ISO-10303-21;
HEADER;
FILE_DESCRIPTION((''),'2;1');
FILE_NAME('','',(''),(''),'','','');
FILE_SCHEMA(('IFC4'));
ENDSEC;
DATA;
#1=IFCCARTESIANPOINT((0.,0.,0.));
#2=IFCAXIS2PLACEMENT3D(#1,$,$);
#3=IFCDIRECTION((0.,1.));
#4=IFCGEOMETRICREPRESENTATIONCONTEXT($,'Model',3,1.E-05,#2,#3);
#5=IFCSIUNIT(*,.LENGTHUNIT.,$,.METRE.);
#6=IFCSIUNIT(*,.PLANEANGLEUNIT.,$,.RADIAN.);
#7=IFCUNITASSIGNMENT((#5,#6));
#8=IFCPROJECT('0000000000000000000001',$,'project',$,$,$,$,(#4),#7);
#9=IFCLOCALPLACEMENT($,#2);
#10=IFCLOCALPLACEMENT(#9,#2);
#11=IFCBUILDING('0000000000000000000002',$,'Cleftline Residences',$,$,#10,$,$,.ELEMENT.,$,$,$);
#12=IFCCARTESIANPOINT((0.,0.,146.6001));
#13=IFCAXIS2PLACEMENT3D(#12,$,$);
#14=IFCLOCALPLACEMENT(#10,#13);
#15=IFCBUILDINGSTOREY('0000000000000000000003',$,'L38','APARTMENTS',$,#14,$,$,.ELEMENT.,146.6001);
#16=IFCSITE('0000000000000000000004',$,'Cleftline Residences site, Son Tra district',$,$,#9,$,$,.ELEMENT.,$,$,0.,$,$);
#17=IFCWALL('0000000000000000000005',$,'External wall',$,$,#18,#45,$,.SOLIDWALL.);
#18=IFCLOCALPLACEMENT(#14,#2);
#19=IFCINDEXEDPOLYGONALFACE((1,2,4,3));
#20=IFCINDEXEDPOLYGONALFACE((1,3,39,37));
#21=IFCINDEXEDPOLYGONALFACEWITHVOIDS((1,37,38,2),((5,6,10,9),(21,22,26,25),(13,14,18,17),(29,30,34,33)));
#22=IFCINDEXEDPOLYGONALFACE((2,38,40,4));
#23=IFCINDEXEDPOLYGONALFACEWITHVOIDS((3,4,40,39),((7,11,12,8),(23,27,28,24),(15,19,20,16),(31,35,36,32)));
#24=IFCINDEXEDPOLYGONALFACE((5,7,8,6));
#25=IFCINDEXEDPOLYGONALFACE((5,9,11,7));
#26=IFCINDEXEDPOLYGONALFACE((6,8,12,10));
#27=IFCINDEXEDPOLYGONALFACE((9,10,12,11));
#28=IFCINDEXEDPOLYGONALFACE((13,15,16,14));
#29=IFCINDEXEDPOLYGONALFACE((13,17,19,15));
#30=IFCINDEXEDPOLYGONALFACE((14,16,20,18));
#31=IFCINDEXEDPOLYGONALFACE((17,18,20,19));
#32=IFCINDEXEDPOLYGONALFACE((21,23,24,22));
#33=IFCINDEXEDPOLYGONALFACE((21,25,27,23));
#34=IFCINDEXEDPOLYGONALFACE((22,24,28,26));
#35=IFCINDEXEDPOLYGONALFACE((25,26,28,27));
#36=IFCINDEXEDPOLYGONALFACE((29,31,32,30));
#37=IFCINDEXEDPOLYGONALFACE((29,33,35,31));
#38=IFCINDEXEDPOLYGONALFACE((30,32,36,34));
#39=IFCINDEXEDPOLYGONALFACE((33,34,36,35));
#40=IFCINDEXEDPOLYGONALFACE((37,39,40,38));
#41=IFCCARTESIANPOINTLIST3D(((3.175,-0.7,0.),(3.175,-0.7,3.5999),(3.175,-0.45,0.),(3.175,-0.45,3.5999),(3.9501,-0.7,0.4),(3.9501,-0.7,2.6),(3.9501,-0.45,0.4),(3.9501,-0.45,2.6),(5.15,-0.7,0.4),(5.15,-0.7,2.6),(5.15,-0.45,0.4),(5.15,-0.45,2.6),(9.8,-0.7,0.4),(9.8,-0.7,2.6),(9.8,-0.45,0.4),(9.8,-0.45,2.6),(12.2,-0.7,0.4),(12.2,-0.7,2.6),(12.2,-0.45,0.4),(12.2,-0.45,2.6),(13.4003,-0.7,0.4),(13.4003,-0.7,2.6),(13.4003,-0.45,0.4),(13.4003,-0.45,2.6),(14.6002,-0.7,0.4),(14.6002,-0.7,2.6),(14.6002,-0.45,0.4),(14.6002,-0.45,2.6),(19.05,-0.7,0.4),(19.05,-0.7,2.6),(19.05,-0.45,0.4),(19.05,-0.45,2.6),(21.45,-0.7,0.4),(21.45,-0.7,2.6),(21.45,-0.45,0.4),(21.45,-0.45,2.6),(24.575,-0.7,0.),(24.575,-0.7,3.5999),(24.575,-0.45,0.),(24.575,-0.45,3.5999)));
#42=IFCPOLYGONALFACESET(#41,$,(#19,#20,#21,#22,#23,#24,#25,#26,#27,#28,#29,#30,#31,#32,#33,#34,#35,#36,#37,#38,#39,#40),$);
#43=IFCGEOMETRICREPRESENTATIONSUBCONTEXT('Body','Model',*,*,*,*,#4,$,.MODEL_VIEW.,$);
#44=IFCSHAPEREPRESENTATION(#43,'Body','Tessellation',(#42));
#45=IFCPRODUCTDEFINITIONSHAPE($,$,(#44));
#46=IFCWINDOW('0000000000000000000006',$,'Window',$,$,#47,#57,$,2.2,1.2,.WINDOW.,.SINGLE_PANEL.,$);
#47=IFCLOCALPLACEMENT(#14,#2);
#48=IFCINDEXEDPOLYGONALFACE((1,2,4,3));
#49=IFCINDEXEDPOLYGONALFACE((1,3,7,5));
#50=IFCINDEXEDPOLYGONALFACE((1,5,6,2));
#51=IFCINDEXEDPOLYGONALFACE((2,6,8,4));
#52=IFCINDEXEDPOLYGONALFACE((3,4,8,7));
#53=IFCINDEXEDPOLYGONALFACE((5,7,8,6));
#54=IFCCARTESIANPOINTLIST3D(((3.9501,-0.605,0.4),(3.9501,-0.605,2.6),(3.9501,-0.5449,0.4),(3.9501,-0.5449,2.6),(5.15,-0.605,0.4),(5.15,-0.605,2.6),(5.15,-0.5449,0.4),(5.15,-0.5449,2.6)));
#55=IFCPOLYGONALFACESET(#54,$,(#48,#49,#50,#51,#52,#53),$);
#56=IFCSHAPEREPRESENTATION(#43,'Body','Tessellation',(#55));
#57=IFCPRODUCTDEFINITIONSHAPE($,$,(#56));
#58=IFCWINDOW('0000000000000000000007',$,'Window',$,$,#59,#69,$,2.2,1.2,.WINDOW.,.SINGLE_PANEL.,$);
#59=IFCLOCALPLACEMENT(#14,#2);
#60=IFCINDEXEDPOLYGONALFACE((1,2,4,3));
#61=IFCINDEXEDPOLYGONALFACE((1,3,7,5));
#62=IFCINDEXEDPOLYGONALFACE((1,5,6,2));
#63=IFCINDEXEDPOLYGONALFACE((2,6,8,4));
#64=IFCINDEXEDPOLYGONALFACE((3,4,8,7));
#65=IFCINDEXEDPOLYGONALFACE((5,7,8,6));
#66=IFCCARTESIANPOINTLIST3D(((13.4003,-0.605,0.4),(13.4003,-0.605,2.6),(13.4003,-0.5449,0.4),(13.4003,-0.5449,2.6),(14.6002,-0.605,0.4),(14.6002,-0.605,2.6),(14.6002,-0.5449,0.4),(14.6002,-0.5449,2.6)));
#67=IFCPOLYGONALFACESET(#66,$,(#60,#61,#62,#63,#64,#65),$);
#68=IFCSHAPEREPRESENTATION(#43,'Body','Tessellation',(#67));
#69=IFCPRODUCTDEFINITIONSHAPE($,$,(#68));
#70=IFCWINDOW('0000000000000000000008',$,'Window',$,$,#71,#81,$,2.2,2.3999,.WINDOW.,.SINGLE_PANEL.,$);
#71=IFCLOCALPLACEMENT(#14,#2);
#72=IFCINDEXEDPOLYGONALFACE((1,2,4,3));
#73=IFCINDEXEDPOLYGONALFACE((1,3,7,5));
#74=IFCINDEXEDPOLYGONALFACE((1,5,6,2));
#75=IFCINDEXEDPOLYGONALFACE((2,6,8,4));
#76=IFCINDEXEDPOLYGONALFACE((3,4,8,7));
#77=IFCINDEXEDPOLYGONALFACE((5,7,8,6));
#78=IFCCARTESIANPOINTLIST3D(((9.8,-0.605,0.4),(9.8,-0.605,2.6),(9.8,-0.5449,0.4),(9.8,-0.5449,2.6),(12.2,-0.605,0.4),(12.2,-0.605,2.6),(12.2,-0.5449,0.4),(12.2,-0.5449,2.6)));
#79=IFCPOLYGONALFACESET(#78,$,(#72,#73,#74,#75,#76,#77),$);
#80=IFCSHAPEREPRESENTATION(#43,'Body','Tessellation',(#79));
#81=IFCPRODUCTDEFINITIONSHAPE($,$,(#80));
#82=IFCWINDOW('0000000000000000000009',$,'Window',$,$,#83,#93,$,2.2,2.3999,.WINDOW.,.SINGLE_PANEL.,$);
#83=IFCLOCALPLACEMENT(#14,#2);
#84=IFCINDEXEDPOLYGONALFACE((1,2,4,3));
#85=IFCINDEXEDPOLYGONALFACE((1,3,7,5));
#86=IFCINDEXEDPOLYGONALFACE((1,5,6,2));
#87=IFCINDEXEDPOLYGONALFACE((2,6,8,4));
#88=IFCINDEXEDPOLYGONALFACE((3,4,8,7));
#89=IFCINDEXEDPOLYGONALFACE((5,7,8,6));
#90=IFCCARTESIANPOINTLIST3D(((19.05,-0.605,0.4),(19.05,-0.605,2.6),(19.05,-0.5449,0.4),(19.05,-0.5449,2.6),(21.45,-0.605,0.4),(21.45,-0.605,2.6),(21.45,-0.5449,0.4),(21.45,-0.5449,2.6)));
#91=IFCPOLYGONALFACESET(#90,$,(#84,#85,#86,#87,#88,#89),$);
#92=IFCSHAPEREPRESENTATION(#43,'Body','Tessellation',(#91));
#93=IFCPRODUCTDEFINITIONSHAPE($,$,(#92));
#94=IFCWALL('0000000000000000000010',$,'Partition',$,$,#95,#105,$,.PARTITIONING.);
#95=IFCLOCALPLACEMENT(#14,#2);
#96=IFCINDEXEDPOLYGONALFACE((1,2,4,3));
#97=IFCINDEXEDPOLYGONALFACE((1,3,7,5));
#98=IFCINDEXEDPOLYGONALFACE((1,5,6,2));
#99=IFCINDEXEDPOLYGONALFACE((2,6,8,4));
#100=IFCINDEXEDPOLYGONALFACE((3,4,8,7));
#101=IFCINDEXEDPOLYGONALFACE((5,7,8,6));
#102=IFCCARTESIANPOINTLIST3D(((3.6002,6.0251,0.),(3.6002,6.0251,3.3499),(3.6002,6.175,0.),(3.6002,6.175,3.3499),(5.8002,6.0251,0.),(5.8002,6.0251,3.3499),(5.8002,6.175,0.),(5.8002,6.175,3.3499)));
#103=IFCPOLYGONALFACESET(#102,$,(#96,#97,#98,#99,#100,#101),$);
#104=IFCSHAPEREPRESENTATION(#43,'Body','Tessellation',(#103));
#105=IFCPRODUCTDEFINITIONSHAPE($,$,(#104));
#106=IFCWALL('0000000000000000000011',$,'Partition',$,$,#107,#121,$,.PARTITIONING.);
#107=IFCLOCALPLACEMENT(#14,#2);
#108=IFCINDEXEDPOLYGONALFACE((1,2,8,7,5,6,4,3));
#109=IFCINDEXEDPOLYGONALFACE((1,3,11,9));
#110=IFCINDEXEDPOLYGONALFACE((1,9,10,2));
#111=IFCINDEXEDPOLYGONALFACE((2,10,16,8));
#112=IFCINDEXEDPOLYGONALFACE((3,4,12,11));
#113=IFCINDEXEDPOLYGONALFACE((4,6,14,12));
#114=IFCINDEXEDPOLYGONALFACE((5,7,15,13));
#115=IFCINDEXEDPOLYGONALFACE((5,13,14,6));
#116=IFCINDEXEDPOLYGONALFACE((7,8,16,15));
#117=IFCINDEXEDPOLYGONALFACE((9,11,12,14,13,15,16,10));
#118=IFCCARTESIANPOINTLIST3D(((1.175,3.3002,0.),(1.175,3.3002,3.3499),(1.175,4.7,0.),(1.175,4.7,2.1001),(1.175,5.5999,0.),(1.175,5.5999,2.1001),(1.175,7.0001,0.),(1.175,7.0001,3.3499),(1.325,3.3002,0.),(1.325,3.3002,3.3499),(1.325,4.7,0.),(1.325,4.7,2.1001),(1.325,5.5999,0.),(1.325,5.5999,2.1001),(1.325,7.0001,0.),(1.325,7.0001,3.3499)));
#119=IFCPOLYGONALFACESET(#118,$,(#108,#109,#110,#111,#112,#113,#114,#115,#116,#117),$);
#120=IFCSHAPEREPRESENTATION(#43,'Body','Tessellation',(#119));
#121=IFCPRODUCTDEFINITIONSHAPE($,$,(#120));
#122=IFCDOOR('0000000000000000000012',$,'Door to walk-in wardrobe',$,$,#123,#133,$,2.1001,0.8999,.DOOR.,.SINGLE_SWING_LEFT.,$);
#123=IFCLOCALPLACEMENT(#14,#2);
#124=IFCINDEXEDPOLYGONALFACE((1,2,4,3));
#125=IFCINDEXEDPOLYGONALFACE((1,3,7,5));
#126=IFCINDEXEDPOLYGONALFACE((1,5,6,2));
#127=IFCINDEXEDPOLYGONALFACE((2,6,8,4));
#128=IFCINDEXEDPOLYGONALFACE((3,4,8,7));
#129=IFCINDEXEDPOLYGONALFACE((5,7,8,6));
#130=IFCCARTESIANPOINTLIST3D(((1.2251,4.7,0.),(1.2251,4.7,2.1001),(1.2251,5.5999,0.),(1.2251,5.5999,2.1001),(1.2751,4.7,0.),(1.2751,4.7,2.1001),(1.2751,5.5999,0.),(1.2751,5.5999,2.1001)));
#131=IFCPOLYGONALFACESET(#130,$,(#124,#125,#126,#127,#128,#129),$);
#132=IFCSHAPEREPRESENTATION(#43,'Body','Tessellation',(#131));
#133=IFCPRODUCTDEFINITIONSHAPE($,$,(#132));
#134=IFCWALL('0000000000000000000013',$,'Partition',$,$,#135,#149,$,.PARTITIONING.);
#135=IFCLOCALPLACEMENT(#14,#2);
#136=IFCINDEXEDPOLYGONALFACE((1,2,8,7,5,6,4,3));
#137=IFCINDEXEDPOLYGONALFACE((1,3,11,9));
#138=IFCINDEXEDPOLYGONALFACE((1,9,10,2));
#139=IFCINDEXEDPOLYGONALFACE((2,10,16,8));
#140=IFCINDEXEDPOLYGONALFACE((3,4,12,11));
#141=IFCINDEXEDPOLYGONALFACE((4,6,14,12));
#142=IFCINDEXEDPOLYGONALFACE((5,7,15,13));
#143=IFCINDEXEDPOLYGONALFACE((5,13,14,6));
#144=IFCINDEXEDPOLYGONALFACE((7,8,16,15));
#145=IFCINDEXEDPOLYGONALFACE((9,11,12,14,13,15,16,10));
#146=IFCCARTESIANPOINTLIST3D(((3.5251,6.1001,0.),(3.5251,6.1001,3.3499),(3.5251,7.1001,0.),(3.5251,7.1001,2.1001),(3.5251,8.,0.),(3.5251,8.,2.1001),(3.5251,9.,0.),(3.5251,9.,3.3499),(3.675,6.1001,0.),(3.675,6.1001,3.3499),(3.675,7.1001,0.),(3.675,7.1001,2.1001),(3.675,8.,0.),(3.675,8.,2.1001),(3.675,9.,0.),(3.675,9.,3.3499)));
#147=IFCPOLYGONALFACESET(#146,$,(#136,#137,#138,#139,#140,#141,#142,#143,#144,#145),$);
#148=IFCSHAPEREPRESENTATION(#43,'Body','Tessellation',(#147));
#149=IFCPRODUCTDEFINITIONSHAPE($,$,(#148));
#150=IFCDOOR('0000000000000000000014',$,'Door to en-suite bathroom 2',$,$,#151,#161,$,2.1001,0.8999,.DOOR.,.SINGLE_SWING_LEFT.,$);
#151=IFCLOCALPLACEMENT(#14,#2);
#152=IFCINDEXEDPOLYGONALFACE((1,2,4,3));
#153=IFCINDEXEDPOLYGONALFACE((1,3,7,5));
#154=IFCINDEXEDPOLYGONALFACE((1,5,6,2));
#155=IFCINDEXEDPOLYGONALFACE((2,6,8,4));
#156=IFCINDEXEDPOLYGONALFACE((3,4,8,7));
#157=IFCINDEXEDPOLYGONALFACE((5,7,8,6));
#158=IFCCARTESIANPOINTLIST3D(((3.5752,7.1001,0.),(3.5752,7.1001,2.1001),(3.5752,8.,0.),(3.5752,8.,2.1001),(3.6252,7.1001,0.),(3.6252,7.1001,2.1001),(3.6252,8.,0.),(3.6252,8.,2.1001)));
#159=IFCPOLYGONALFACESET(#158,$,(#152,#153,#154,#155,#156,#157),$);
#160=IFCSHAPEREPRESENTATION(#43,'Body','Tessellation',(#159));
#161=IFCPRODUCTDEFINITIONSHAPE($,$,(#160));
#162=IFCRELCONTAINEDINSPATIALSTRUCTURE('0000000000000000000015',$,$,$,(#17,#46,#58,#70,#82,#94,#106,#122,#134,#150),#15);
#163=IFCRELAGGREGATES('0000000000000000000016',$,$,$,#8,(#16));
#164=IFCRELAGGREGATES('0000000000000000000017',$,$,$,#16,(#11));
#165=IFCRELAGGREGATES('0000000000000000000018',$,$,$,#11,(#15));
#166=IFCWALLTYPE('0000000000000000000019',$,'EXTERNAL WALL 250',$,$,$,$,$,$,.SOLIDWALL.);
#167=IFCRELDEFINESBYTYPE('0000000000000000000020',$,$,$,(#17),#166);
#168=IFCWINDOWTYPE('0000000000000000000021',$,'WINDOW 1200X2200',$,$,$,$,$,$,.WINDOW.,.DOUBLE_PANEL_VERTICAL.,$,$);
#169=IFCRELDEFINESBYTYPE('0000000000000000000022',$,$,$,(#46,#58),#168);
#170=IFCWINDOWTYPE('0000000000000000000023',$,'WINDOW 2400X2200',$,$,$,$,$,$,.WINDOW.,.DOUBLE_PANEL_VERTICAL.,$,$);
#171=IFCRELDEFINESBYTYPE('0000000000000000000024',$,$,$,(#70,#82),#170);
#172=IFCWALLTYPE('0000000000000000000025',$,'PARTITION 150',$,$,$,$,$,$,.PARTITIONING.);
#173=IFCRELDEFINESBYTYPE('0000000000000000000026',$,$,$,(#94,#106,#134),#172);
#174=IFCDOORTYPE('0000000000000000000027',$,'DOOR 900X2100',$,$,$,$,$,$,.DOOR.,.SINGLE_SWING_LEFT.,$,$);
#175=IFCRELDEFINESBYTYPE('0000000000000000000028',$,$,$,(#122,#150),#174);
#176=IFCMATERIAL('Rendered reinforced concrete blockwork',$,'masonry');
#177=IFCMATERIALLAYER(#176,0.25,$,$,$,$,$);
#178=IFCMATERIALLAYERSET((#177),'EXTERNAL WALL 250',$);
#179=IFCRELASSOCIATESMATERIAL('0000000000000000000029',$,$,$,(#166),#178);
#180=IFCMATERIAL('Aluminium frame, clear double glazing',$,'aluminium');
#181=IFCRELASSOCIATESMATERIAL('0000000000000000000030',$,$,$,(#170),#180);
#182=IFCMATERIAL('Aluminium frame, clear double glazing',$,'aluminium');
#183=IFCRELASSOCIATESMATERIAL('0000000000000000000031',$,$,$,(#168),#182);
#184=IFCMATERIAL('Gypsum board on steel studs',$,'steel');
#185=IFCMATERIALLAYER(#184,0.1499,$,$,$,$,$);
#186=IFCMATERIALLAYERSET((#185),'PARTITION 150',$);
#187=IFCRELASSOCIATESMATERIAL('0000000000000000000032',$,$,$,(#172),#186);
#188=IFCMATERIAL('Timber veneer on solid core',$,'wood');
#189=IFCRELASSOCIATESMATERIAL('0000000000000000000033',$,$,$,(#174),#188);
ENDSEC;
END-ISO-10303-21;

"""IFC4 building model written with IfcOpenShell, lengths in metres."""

from ifc_helpers import new_model, si_unit, direction, frame, frame_2d, origin, place, context, subcontext, project, spatial, rectangle, extrude, material, layer, layer_set, type_object, element, fill, save


model = new_model("IFC4")

# Units and contexts
model_context = context("Model", 3, precision=1e-05, world=origin(), true_north=direction((0.0, 1.0)))
body_context = subcontext(model_context, "Body", "Model", "MODEL_VIEW")
ifc_project = project(units=[si_unit("LENGTHUNIT", "METRE"), si_unit("PLANEANGLEUNIT", "RADIAN")], contexts=[model_context])

# Site, building, storey
site_placement = place(None, origin())
site = spatial("IfcSite", under=ifc_project, at=site_placement, Name="Cleftline Residences site, Son Tra district", CompositionType="ELEMENT", RefElevation=0.0)
building_placement = place(site_placement, origin())
building = spatial("IfcBuilding", under=site, at=building_placement, Name="Cleftline Residences", CompositionType="ELEMENT")
storey_placement = place(building_placement, frame((0.0, 0.0, 146.6001)))
storey = spatial("IfcBuildingStorey", under=building, at=storey_placement, Name="L38", Description="APARTMENTS", CompositionType="ELEMENT", Elevation=146.6001)

# Shared definitions
ifc_material_1 = material(Name="Rendered reinforced concrete blockwork", Category="masonry")
ifc_layer_1 = layer(ifc_material_1, 0.25)
ifc_layer_set_1 = layer_set([ifc_layer_1], Name="EXTERNAL WALL 250")
wall_type_1 = type_object("IfcWallType", Name="EXTERNAL WALL 250", PredefinedType="SOLIDWALL", material=ifc_layer_set_1)
ifc_material_2 = material(Name="Aluminium frame, clear double glazing", Category="aluminium")
window_type_1 = type_object("IfcWindowType", Name="WINDOW 2400X2200", PartitioningType="DOUBLE_PANEL_VERTICAL", PredefinedType="WINDOW", material=ifc_material_2)

# Wall, openings, windows
wall_1_placement = place(storey_placement, frame((3.175, -0.575, 0.0), z_axis=(0.0, 0.0, 1.0), x_axis=(1.0, 0.0, 0.0)))
wall_1 = element("IfcWall", 1, at=wall_1_placement, inside=storey, type_object=wall_type_1, Name="External wall", PredefinedType="SOLIDWALL", context=body_context, shape_type="SweptSolid", body=[
    extrude(rectangle(XDim=21.3999, YDim=0.25, at=frame_2d((10.7, 0.0))), origin(), (0.0, 0.0, 1.0), 3.5999),
])
opening_1_placement = place(wall_1_placement, frame((0.7749, 0.0, 0.3999)))
opening_1 = element("IfcOpeningElement", 2, at=opening_1_placement, cuts=wall_1, PredefinedType="OPENING", context=body_context, shape_type="SweptSolid", body=[
    extrude(rectangle(XDim=1.2, YDim=2.2, at=frame_2d((0.6001, 1.1001))), frame((0.0, 0.135, 0.0), z_axis=(0.0, -1.0, 0.0), x_axis=(1.0, 0.0, 0.0)), (0.0, 0.0, 1.0), 0.27),
])
opening_2_placement = place(wall_1_placement, frame((6.625, 0.0, 0.3999)))
opening_2 = element("IfcOpeningElement", 3, at=opening_2_placement, cuts=wall_1, PredefinedType="OPENING", context=body_context, shape_type="SweptSolid", body=[
    extrude(rectangle(XDim=2.3999, YDim=2.2, at=frame_2d((1.2, 1.1001))), frame((0.0, 0.135, 0.0), z_axis=(0.0, -1.0, 0.0), x_axis=(1.0, 0.0, 0.0)), (0.0, 0.0, 1.0), 0.27),
])
opening_3_placement = place(wall_1_placement, frame((10.2251, 0.0, 0.3999)))
opening_3 = element("IfcOpeningElement", 4, at=opening_3_placement, cuts=wall_1, PredefinedType="OPENING", context=body_context, shape_type="SweptSolid", body=[
    extrude(rectangle(XDim=1.2, YDim=2.2, at=frame_2d((0.6001, 1.1001))), frame((0.0, 0.135, 0.0), z_axis=(0.0, -1.0, 0.0), x_axis=(1.0, 0.0, 0.0)), (0.0, 0.0, 1.0), 0.27),
])
opening_4_placement = place(wall_1_placement, frame((15.875, 0.0, 0.3999)))
opening_4 = element("IfcOpeningElement", 5, at=opening_4_placement, cuts=wall_1, PredefinedType="OPENING", context=body_context, shape_type="SweptSolid", body=[
    extrude(rectangle(XDim=2.3999, YDim=2.2, at=frame_2d((1.2, 1.1001))), frame((0.0, 0.135, 0.0), z_axis=(0.0, -1.0, 0.0), x_axis=(1.0, 0.0, 0.0)), (0.0, 0.0, 1.0), 0.27),
])
ifc_material_3 = material(Name="Aluminium frame, clear double glazing", Category="aluminium")
window_type_2 = type_object("IfcWindowType", Name="WINDOW 1200X2200", PartitioningType="DOUBLE_PANEL_VERTICAL", PredefinedType="WINDOW", material=ifc_material_3)
window_1_placement = place(opening_1_placement, origin())
window_1 = element("IfcWindow", 6, at=window_1_placement, inside=storey, type_object=window_type_2, Name="Window", OverallHeight=2.2, OverallWidth=1.2, PartitioningType="SINGLE_PANEL", PredefinedType="WINDOW", context=body_context, shape_type="SweptSolid", body=[
    extrude(rectangle(XDim=1.2, YDim=2.2, at=frame_2d((0.6001, 1.1001))), frame((0.0, 0.03, 0.0), z_axis=(0.0, -1.0, 0.0), x_axis=(1.0, 0.0, 0.0)), (0.0, 0.0, 1.0), 0.0601),
])
fill(opening_1, window_1)
window_2_placement = place(opening_3_placement, origin())
window_2 = element("IfcWindow", 7, at=window_2_placement, inside=storey, type_object=window_type_2, Name="Window", OverallHeight=2.2, OverallWidth=1.2, PartitioningType="SINGLE_PANEL", PredefinedType="WINDOW", context=body_context, shape_type="SweptSolid", body=[
    extrude(rectangle(XDim=1.2, YDim=2.2, at=frame_2d((0.6001, 1.1001))), frame((0.0, 0.03, 0.0), z_axis=(0.0, -1.0, 0.0), x_axis=(1.0, 0.0, 0.0)), (0.0, 0.0, 1.0), 0.0601),
])
fill(opening_3, window_2)
window_3_placement = place(opening_2_placement, origin())
window_3 = element("IfcWindow", 8, at=window_3_placement, inside=storey, type_object=window_type_1, Name="Window", OverallHeight=2.2, OverallWidth=2.3999, PartitioningType="SINGLE_PANEL", PredefinedType="WINDOW", context=body_context, shape_type="SweptSolid", body=[
    extrude(rectangle(XDim=2.3999, YDim=2.2, at=frame_2d((1.2, 1.1001))), frame((0.0, 0.03, 0.0), z_axis=(0.0, -1.0, 0.0), x_axis=(1.0, 0.0, 0.0)), (0.0, 0.0, 1.0), 0.0601),
])
fill(opening_2, window_3)
window_4_placement = place(opening_4_placement, origin())
window_4 = element("IfcWindow", 9, at=window_4_placement, inside=storey, type_object=window_type_1, Name="Window", OverallHeight=2.2, OverallWidth=2.3999, PartitioningType="SINGLE_PANEL", PredefinedType="WINDOW", context=body_context, shape_type="SweptSolid", body=[
    extrude(rectangle(XDim=2.3999, YDim=2.2, at=frame_2d((1.2, 1.1001))), frame((0.0, 0.03, 0.0), z_axis=(0.0, -1.0, 0.0), x_axis=(1.0, 0.0, 0.0)), (0.0, 0.0, 1.0), 0.0601),
])
fill(opening_4, window_4)

# Wall
ifc_material_4 = material(Name="Gypsum board on steel studs", Category="steel")
ifc_layer_2 = layer(ifc_material_4, 0.1499)
ifc_layer_set_2 = layer_set([ifc_layer_2], Name="PARTITION 150")
wall_type_2 = type_object("IfcWallType", Name="PARTITION 150", PredefinedType="PARTITIONING", material=ifc_layer_set_2)
wall_2_placement = place(storey_placement, frame((3.6001, 6.1001, 0.0), z_axis=(0.0, 0.0, 1.0), x_axis=(1.0, 0.0, 0.0)))
element("IfcWall", 10, at=wall_2_placement, inside=storey, type_object=wall_type_2, Name="Partition", PredefinedType="PARTITIONING", context=body_context, shape_type="SweptSolid", body=[
    extrude(rectangle(XDim=2.2, YDim=0.1499, at=frame_2d((1.1001, 0.0))), origin(), (0.0, 0.0, 1.0), 3.3499),
])

# Walls, openings, doors
wall_3_placement = place(storey_placement, frame((1.25, 3.3, 0.0), z_axis=(0.0, 0.0, 1.0), x_axis=(0.0, 1.0, 0.0)))
wall_3 = element("IfcWall", 11, at=wall_3_placement, inside=storey, type_object=wall_type_2, Name="Partition", PredefinedType="PARTITIONING", context=body_context, shape_type="SweptSolid", body=[
    extrude(rectangle(XDim=3.7, YDim=0.1499, at=frame_2d((1.8501, 0.0))), origin(), (0.0, 0.0, 1.0), 3.3499),
])
opening_5_placement = place(wall_3_placement, frame((1.3999, 0.0, 0.0)))
opening_5 = element("IfcOpeningElement", 12, at=opening_5_placement, cuts=wall_3, PredefinedType="OPENING", context=body_context, shape_type="SweptSolid", body=[
    extrude(rectangle(XDim=0.8999, YDim=2.1001, at=frame_2d((0.45, 1.05))), frame((0.0, 0.085, 0.0), z_axis=(0.0, -1.0, 0.0), x_axis=(1.0, 0.0, 0.0)), (0.0, 0.0, 1.0), 0.1699),
])
ifc_material_5 = material(Name="Timber veneer on solid core", Category="wood")
door_type = type_object("IfcDoorType", Name="DOOR 900X2100", OperationType="SINGLE_SWING_LEFT", PredefinedType="DOOR", material=ifc_material_5)
door_1_placement = place(opening_5_placement, origin())
door_1 = element("IfcDoor", 13, at=door_1_placement, inside=storey, type_object=door_type, Name="Door to walk-in wardrobe", OperationType="SINGLE_SWING_LEFT", OverallHeight=2.1001, OverallWidth=0.8999, PredefinedType="DOOR", context=body_context, shape_type="SweptSolid", body=[
    extrude(rectangle(XDim=0.8999, YDim=2.1001, at=frame_2d((0.45, 1.05))), frame((0.0, 0.0249, 0.0), z_axis=(0.0, -1.0, 0.0), x_axis=(1.0, 0.0, 0.0)), (0.0, 0.0, 1.0), 0.05),
])
fill(opening_5, door_1)
wall_4_placement = place(storey_placement, frame((3.6001, 6.1001, 0.0), z_axis=(0.0, 0.0, 1.0), x_axis=(0.0, 1.0, 0.0)))
wall_4 = element("IfcWall", 14, at=wall_4_placement, inside=storey, type_object=wall_type_2, Name="Partition", PredefinedType="PARTITIONING", context=body_context, shape_type="SweptSolid", body=[
    extrude(rectangle(XDim=2.8999, YDim=0.1499, at=frame_2d((1.45, 0.0))), origin(), (0.0, 0.0, 1.0), 3.3499),
])
opening_6_placement = place(wall_4_placement, frame((1.0, 0.0, 0.0)))
opening_6 = element("IfcOpeningElement", 15, at=opening_6_placement, cuts=wall_4, PredefinedType="OPENING", context=body_context, shape_type="SweptSolid", body=[
    extrude(rectangle(XDim=0.8999, YDim=2.1001, at=frame_2d((0.45, 1.05))), frame((0.0, 0.085, 0.0), z_axis=(0.0, -1.0, 0.0), x_axis=(1.0, 0.0, 0.0)), (0.0, 0.0, 1.0), 0.1699),
])
door_2_placement = place(opening_6_placement, origin())
door_2 = element("IfcDoor", 16, at=door_2_placement, inside=storey, type_object=door_type, Name="Door to en-suite bathroom 2", OperationType="SINGLE_SWING_LEFT", OverallHeight=2.1001, OverallWidth=0.8999, PredefinedType="DOOR", context=body_context, shape_type="SweptSolid", body=[
    extrude(rectangle(XDim=0.8999, YDim=2.1001, at=frame_2d((0.45, 1.05))), frame((0.0, 0.0249, 0.0), z_axis=(0.0, -1.0, 0.0), x_axis=(1.0, 0.0, 0.0)), (0.0, 0.0, 1.0), 0.05),
])
fill(opening_6, door_2)

save(model, "model.ifc")
